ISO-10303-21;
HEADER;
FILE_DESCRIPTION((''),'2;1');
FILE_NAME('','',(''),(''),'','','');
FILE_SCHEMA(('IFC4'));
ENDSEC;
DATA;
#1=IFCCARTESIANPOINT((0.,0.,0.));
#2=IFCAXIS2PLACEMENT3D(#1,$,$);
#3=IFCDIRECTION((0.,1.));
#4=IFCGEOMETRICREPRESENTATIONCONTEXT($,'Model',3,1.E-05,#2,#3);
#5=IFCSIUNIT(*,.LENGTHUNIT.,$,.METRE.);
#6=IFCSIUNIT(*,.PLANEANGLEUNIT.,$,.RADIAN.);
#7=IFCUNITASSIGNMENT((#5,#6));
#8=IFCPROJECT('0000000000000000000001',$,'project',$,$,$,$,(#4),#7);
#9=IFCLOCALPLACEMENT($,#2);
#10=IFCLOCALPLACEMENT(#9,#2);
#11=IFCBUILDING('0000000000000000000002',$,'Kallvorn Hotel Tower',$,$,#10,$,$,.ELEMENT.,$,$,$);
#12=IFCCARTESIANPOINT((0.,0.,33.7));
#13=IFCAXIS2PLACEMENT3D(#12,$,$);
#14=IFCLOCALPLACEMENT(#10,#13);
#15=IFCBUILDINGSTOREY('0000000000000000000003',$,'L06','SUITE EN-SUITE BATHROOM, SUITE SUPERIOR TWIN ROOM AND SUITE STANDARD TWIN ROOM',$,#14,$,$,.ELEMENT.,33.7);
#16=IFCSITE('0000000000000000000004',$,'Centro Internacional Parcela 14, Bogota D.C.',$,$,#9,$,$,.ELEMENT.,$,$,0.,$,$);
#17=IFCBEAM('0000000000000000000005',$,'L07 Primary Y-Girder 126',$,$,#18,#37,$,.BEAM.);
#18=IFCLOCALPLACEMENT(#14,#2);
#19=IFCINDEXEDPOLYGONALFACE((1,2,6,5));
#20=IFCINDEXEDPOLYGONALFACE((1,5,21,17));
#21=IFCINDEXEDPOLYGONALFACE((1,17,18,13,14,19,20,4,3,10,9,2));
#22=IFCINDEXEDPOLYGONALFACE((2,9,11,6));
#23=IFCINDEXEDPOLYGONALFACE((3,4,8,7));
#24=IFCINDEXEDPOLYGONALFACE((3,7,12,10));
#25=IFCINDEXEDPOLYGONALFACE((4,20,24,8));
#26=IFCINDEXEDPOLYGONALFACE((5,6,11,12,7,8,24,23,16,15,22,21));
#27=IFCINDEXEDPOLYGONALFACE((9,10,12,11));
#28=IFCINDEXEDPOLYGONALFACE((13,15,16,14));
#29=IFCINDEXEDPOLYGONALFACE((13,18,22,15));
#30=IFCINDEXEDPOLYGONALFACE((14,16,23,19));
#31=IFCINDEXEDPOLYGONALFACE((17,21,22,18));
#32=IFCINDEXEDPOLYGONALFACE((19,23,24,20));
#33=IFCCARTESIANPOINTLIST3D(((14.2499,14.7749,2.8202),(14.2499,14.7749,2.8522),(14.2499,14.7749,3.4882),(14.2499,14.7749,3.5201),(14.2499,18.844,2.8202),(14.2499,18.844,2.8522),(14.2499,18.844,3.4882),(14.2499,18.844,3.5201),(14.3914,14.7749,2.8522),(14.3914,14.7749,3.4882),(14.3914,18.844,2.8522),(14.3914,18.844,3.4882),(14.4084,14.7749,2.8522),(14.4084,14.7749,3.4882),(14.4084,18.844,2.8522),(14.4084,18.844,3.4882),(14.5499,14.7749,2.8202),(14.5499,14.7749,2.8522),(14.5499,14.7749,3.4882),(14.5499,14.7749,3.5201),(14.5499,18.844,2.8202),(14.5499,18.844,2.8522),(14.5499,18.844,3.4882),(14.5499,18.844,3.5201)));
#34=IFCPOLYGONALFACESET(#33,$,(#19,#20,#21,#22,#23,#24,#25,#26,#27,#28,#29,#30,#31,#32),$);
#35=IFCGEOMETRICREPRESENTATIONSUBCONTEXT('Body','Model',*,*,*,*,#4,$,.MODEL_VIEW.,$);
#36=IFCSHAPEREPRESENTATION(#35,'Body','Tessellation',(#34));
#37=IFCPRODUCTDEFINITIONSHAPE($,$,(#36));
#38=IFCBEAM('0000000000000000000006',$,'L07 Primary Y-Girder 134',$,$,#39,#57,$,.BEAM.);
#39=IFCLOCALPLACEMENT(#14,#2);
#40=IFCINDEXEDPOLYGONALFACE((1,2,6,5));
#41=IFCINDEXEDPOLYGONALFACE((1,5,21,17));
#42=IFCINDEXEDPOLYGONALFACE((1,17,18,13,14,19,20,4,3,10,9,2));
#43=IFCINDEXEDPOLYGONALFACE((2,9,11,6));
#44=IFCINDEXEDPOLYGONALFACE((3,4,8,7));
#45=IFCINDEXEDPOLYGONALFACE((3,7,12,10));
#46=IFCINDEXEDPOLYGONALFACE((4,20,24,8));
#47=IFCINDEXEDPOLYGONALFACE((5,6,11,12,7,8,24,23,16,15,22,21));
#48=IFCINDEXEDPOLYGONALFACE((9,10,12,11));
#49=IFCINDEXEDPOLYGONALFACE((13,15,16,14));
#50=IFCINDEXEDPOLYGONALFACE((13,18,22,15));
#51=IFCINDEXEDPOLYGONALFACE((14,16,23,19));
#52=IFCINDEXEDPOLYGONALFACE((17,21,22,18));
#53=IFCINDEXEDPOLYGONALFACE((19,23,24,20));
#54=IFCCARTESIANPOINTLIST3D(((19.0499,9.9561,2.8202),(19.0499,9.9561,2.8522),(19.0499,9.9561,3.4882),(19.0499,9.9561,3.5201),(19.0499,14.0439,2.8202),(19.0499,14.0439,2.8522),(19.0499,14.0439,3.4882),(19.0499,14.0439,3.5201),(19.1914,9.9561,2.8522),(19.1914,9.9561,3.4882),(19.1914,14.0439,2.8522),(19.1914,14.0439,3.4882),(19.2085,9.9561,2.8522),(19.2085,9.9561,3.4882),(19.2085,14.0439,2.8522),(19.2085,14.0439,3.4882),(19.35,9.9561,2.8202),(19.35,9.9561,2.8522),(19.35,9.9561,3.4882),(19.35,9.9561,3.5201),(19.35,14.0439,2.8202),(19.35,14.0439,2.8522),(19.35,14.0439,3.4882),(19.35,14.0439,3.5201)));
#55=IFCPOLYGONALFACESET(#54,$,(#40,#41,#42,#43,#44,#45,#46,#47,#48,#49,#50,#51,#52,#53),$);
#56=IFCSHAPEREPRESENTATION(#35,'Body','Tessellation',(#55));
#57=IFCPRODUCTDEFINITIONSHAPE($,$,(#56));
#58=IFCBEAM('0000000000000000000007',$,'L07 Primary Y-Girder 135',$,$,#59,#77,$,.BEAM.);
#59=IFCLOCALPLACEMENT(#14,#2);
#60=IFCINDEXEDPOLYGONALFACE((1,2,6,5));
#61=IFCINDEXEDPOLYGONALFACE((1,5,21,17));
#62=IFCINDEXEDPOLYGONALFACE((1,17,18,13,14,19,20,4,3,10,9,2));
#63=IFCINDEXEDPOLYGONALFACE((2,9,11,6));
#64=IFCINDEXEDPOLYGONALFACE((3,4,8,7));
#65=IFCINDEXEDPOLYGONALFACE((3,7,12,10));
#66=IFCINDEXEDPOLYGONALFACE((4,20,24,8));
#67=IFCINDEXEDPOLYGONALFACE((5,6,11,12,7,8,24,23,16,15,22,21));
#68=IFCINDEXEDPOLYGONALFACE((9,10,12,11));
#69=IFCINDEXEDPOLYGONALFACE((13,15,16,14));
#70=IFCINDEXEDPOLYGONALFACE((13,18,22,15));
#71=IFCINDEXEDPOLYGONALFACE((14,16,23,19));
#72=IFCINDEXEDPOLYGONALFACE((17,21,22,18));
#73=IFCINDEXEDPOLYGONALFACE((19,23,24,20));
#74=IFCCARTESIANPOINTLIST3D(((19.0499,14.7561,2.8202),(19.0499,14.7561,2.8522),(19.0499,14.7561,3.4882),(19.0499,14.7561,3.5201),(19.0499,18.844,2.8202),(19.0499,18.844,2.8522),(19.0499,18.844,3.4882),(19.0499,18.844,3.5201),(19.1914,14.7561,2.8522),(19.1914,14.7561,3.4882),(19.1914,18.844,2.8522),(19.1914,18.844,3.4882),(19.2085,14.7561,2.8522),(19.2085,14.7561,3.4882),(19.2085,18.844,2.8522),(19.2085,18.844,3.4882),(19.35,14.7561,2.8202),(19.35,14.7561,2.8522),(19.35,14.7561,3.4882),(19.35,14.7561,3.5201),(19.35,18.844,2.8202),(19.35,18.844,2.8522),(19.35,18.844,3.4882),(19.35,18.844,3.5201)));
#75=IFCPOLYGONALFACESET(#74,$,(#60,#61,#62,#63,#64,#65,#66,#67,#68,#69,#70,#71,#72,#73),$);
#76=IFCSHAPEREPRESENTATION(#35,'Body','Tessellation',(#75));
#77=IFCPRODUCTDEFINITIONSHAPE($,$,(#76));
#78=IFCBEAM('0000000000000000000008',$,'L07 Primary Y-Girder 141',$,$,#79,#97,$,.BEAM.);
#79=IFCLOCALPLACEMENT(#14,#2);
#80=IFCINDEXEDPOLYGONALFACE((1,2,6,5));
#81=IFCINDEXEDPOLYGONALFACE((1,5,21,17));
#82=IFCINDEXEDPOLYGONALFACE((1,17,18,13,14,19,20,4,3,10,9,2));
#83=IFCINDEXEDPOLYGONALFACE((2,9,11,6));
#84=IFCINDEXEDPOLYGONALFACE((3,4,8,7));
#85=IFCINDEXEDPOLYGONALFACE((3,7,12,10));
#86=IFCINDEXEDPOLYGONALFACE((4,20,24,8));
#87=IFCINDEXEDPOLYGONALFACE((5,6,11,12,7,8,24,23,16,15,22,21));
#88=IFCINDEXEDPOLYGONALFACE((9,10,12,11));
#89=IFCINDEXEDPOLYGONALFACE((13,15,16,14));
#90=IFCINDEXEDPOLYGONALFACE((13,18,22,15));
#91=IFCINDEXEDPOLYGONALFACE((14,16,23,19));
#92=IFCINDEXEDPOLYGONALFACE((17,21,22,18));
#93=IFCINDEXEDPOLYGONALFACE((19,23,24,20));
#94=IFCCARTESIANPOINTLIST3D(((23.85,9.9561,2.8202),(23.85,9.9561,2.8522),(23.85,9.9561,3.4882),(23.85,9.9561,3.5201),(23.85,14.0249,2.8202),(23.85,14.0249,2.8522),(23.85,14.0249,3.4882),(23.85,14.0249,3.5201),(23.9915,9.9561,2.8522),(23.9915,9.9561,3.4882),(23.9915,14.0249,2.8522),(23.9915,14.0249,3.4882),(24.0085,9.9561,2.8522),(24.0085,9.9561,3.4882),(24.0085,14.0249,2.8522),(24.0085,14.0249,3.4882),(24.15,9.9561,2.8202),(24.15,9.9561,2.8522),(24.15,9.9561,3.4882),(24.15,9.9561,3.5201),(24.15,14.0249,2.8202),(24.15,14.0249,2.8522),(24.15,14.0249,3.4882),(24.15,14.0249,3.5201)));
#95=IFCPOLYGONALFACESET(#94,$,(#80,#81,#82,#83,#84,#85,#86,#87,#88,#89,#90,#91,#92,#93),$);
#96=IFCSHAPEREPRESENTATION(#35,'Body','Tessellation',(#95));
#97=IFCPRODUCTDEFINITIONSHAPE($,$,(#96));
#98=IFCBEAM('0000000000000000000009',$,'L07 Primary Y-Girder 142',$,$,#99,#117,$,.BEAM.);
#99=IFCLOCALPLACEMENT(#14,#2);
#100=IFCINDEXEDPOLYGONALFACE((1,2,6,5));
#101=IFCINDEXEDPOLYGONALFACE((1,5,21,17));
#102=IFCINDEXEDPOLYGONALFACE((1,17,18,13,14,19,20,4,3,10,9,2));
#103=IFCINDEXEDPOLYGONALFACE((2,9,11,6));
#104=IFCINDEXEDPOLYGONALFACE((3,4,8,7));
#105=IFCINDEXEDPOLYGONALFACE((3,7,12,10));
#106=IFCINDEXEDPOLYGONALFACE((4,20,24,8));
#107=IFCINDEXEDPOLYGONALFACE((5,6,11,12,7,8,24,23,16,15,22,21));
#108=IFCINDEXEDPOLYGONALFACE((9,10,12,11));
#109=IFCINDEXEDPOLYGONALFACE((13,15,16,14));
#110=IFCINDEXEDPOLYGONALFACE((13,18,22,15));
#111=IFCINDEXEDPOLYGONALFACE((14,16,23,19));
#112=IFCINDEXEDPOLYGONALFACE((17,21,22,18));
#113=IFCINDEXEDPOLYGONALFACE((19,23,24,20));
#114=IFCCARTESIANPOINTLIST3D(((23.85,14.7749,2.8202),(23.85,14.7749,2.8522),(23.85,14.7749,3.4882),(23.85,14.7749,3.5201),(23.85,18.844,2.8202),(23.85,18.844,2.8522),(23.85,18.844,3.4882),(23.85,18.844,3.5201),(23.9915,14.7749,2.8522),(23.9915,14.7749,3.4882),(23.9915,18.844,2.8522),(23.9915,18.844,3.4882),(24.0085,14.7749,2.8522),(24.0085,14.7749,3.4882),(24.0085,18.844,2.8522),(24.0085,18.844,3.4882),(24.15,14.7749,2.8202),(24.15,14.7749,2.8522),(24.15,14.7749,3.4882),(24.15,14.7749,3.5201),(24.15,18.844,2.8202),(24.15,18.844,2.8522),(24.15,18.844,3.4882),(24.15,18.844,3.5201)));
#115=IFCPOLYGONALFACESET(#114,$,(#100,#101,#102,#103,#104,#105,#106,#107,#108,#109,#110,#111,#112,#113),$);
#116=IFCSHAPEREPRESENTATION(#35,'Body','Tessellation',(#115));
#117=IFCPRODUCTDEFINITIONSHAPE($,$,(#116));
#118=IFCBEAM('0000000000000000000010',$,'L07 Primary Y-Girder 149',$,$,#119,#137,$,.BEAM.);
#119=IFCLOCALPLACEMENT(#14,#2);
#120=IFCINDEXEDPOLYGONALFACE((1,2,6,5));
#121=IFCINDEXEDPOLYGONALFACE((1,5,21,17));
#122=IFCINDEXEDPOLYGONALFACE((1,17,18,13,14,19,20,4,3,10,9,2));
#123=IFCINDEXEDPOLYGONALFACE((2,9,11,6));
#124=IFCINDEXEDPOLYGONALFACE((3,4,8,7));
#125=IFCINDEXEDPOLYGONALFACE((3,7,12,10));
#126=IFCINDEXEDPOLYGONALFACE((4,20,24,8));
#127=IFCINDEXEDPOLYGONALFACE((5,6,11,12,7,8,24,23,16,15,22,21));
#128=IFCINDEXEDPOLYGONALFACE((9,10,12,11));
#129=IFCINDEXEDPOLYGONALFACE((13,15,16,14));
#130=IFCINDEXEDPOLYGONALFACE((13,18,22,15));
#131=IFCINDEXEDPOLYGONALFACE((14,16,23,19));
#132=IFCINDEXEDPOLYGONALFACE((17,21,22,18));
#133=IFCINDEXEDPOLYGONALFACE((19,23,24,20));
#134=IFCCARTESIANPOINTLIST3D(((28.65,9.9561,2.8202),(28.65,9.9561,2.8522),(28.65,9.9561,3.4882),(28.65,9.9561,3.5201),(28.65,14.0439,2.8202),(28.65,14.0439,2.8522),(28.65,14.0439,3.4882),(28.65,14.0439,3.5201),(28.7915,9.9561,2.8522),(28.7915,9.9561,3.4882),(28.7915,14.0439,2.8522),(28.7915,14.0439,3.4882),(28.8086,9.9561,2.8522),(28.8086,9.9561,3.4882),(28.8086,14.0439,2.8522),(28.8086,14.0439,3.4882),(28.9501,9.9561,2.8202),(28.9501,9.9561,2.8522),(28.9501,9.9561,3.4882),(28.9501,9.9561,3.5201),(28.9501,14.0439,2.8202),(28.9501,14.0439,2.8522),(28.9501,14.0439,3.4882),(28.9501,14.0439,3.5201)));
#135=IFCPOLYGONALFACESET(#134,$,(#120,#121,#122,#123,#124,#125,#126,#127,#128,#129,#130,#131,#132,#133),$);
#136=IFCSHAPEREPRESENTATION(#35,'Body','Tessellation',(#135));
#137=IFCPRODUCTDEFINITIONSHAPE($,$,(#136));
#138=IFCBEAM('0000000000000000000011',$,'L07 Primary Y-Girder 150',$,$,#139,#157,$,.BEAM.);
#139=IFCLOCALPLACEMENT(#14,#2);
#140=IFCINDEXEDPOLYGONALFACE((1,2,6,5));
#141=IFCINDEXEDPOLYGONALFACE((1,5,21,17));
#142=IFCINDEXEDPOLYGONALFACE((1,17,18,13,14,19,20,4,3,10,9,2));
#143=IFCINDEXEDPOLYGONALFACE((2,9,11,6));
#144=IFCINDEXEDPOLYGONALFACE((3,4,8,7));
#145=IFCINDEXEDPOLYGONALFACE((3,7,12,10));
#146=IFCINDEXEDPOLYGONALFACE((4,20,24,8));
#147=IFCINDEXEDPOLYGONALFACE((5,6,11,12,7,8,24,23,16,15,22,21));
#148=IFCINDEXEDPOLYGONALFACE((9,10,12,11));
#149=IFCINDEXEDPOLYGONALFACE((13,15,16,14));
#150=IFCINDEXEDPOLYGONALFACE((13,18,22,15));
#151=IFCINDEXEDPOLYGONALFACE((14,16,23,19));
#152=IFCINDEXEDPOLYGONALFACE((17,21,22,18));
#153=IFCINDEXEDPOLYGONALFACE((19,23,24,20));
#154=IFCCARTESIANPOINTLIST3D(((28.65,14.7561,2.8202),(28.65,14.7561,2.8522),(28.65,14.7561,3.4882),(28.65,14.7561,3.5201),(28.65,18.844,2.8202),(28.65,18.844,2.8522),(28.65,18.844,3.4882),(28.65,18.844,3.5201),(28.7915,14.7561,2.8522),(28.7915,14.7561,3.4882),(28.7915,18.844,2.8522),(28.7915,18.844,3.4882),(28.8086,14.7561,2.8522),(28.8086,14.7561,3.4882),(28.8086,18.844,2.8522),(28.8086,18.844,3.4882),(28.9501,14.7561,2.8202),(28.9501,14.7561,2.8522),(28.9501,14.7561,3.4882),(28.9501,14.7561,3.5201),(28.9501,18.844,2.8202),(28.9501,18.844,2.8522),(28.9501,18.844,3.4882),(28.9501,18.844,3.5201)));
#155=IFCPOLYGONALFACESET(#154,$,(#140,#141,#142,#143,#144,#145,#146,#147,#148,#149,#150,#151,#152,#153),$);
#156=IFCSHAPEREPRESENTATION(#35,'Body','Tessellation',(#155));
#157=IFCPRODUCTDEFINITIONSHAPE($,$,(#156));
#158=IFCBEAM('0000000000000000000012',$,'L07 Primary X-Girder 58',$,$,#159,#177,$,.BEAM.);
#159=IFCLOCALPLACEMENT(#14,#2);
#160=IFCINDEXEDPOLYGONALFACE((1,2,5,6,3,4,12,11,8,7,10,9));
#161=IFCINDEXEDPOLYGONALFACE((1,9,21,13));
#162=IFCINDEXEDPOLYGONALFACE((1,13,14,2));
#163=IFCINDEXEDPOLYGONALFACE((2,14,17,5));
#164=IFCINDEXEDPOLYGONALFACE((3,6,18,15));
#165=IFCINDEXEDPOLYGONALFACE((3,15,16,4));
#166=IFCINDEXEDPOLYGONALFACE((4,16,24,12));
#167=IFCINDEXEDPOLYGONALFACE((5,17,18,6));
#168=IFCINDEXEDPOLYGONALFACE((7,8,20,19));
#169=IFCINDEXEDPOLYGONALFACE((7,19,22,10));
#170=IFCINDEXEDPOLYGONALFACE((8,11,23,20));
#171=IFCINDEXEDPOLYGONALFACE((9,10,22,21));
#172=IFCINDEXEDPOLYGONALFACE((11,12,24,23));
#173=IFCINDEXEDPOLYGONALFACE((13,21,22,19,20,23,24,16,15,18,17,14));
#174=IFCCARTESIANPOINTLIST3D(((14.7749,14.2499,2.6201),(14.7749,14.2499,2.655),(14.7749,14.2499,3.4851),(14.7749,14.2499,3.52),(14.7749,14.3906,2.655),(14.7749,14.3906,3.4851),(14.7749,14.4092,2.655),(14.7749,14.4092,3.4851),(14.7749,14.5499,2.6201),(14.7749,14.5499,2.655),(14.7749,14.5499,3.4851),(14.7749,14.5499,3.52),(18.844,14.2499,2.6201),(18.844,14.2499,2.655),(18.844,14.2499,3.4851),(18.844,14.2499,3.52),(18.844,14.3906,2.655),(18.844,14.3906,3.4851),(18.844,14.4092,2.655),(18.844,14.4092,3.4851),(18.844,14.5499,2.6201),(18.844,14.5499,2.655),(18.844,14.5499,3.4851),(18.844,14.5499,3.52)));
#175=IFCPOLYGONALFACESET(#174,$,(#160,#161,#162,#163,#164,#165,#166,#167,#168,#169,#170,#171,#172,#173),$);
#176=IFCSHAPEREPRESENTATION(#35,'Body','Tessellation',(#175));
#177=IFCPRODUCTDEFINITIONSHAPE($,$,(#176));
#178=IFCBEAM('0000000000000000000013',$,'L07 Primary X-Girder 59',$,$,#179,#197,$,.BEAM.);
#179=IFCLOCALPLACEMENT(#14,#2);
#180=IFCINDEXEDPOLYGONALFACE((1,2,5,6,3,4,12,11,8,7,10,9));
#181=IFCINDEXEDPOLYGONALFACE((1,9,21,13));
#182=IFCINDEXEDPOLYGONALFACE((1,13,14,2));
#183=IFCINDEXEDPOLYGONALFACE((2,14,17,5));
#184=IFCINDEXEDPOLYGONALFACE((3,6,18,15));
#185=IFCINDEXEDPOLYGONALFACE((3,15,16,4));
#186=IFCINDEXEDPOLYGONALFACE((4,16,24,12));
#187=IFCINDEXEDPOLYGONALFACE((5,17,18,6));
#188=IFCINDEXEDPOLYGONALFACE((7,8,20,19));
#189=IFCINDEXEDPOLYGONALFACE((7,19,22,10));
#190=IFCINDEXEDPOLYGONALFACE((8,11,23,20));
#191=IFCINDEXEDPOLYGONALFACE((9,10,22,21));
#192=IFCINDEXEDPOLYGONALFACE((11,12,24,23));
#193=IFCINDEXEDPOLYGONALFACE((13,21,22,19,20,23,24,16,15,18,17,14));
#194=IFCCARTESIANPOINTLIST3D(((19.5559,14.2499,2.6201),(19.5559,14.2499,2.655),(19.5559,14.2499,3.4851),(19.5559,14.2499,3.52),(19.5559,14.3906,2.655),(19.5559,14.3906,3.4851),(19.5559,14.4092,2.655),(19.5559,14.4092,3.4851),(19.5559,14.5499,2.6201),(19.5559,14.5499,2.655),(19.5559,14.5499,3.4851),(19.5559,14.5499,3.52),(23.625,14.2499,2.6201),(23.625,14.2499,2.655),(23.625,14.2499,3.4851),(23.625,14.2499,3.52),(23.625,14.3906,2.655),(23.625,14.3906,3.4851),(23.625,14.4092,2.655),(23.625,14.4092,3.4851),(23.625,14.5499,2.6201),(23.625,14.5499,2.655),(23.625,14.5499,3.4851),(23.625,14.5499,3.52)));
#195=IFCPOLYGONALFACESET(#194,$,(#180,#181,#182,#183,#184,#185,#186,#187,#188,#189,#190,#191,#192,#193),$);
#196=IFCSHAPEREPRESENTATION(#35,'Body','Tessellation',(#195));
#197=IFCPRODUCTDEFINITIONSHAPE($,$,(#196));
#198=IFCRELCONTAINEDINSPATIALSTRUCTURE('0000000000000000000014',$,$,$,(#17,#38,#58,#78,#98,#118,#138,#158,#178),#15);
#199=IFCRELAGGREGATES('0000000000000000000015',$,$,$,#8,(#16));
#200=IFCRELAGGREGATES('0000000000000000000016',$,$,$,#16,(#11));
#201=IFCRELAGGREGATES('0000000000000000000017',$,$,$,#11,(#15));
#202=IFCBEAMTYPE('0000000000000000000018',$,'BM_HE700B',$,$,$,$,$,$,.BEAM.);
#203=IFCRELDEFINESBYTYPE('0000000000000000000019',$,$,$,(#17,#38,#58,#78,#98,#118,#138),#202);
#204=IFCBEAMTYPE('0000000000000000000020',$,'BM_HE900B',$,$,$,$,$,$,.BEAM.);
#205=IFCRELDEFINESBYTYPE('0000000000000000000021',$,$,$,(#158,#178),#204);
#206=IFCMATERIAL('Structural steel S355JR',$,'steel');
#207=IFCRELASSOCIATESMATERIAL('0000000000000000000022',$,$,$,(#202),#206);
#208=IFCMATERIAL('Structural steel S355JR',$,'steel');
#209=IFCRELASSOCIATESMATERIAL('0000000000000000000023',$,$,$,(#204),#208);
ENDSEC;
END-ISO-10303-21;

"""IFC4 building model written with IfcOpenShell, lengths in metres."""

from ifc_helpers import new_model, si_unit, direction, frame, origin, origin_2d, place, context, subcontext, project, spatial, i_section, extrude, material, material_profile, profile_set, type_object, element, save


model = new_model("IFC4")

# Units and contexts
model_context = context("Model", 3, precision=1e-05, world=origin(), true_north=direction((0.0, 1.0)))
body_context = subcontext(model_context, "Body", "Model", "MODEL_VIEW")
ifc_project = project(units=[si_unit("LENGTHUNIT", "METRE"), si_unit("PLANEANGLEUNIT", "RADIAN")], contexts=[model_context])

# Site, building, storey
site_placement = place(None, origin())
site = spatial("IfcSite", under=ifc_project, at=site_placement, Name="Centro Internacional Parcela 14, Bogota D.C.", CompositionType="ELEMENT", RefElevation=0.0)
building_placement = place(site_placement, origin())
building = spatial("IfcBuilding", under=site, at=building_placement, Name="Kallvorn Hotel Tower", CompositionType="ELEMENT")
storey_placement = place(building_placement, frame((0.0, 0.0, 33.7)))
storey = spatial("IfcBuildingStorey", under=building, at=storey_placement, Name="L06", Description="SUITE EN-SUITE BATHROOM, SUITE SUPERIOR TWIN ROOM AND SUITE STANDARD TWIN ROOM", CompositionType="ELEMENT", Elevation=33.7)

# Beams
ifc_material_1 = material(Name="Structural steel S355JR", Category="steel")
ifc_material_profile_1 = material_profile(ifc_material_1, i_section(OverallWidth=0.3, OverallDepth=0.7, WebThickness=0.0171, FlangeThickness=0.032, at=origin_2d()), Name="HE 700 B")
ifc_profile_set_1 = profile_set([ifc_material_profile_1], Name="Structural steel S355JR")
beam_type_1 = type_object("IfcBeamType", Name="BM_HE700B", PredefinedType="BEAM", material=ifc_profile_set_1)
beam_1_placement = place(storey_placement, frame((14.3999, 14.7749, 3.1702), z_axis=(0.0, 1.0, 0.0), x_axis=(-1.0, 0.0, 0.0)))
element("IfcBeam", 1, at=beam_1_placement, inside=storey, type_object=beam_type_1, Name="L07 Primary Y-Girder 126", PredefinedType="BEAM", context=body_context, shape_type="SweptSolid", body=[
    extrude(i_section(OverallWidth=0.3, OverallDepth=0.7, WebThickness=0.0171, FlangeThickness=0.032, at=origin_2d()), origin(), (0.0, 0.0, 1.0), 4.0691),
])
for number, where, z_axis, x_axis, name in (
    (2, (19.2, 9.9561, 3.1702), (0.0, 1.0, 0.0), (-1.0, 0.0, 0.0), "L07 Primary Y-Girder 134"),
    (3, (19.2, 14.7561, 3.1702), (0.0, 1.0, 0.0), (-1.0, 0.0, 0.0), "L07 Primary Y-Girder 135"),
):
    element("IfcBeam", number, at=place(storey_placement, frame(where, z_axis=z_axis, x_axis=x_axis)), inside=storey, type_object=beam_type_1, Name=name, PredefinedType="BEAM", context=body_context, shape_type="SweptSolid", body=[
        extrude(i_section(OverallWidth=0.3, OverallDepth=0.7, WebThickness=0.0171, FlangeThickness=0.032, at=origin_2d()), origin(), (0.0, 0.0, 1.0), 4.0879),
    ])
beam_2_placement = place(storey_placement, frame((24.0, 9.9561, 3.1702), z_axis=(0.0, 1.0, 0.0), x_axis=(-1.0, 0.0, 0.0)))
element("IfcBeam", 4, at=beam_2_placement, inside=storey, type_object=beam_type_1, Name="L07 Primary Y-Girder 141", PredefinedType="BEAM", context=body_context, shape_type="SweptSolid", body=[
    extrude(i_section(OverallWidth=0.3, OverallDepth=0.7, WebThickness=0.0171, FlangeThickness=0.032, at=origin_2d()), origin(), (0.0, 0.0, 1.0), 4.0688),
])
beam_3_placement = place(storey_placement, frame((24.0, 14.7749, 3.1702), z_axis=(0.0, 1.0, 0.0), x_axis=(-1.0, 0.0, 0.0)))
element("IfcBeam", 5, at=beam_3_placement, inside=storey, type_object=beam_type_1, Name="L07 Primary Y-Girder 142", PredefinedType="BEAM", context=body_context, shape_type="SweptSolid", body=[
    extrude(i_section(OverallWidth=0.3, OverallDepth=0.7, WebThickness=0.0171, FlangeThickness=0.032, at=origin_2d()), origin(), (0.0, 0.0, 1.0), 4.0691),
])
for number, where, z_axis, x_axis, name in (
    (6, (28.8, 9.9561, 3.1702), (0.0, 1.0, 0.0), (-1.0, 0.0, 0.0), "L07 Primary Y-Girder 149"),
    (7, (28.8, 14.7561, 3.1702), (0.0, 1.0, 0.0), (-1.0, 0.0, 0.0), "L07 Primary Y-Girder 150"),
):
    element("IfcBeam", number, at=place(storey_placement, frame(where, z_axis=z_axis, x_axis=x_axis)), inside=storey, type_object=beam_type_1, Name=name, PredefinedType="BEAM", context=body_context, shape_type="SweptSolid", body=[
        extrude(i_section(OverallWidth=0.3, OverallDepth=0.7, WebThickness=0.0171, FlangeThickness=0.032, at=origin_2d()), origin(), (0.0, 0.0, 1.0), 4.0879),
    ])
ifc_material_2 = material(Name="Structural steel S355JR", Category="steel")
ifc_material_profile_2 = material_profile(ifc_material_2, i_section(OverallWidth=0.3, OverallDepth=0.8999, WebThickness=0.0186, FlangeThickness=0.0349, at=origin_2d()), Name="HE 900 B")
ifc_profile_set_2 = profile_set([ifc_material_profile_2], Name="Structural steel S355JR")
beam_type_2 = type_object("IfcBeamType", Name="BM_HE900B", PredefinedType="BEAM", material=ifc_profile_set_2)
for number, where, z_axis, x_axis, name in (
    (8, (14.7749, 14.3999, 3.0701), (1.0, 0.0, 0.0), (0.0, 1.0, 0.0), "L07 Primary X-Girder 58"),
    (9, (19.5559, 14.3999, 3.0701), (1.0, 0.0, 0.0), (0.0, 1.0, 0.0), "L07 Primary X-Girder 59"),
):
    element("IfcBeam", number, at=place(storey_placement, frame(where, z_axis=z_axis, x_axis=x_axis)), inside=storey, type_object=beam_type_2, Name=name, PredefinedType="BEAM", context=body_context, shape_type="SweptSolid", body=[
        extrude(i_section(OverallWidth=0.3, OverallDepth=0.8999, WebThickness=0.0186, FlangeThickness=0.0349, at=origin_2d()), origin(), (0.0, 0.0, 1.0), 4.0691),
    ])

save(model, "model.ifc")
